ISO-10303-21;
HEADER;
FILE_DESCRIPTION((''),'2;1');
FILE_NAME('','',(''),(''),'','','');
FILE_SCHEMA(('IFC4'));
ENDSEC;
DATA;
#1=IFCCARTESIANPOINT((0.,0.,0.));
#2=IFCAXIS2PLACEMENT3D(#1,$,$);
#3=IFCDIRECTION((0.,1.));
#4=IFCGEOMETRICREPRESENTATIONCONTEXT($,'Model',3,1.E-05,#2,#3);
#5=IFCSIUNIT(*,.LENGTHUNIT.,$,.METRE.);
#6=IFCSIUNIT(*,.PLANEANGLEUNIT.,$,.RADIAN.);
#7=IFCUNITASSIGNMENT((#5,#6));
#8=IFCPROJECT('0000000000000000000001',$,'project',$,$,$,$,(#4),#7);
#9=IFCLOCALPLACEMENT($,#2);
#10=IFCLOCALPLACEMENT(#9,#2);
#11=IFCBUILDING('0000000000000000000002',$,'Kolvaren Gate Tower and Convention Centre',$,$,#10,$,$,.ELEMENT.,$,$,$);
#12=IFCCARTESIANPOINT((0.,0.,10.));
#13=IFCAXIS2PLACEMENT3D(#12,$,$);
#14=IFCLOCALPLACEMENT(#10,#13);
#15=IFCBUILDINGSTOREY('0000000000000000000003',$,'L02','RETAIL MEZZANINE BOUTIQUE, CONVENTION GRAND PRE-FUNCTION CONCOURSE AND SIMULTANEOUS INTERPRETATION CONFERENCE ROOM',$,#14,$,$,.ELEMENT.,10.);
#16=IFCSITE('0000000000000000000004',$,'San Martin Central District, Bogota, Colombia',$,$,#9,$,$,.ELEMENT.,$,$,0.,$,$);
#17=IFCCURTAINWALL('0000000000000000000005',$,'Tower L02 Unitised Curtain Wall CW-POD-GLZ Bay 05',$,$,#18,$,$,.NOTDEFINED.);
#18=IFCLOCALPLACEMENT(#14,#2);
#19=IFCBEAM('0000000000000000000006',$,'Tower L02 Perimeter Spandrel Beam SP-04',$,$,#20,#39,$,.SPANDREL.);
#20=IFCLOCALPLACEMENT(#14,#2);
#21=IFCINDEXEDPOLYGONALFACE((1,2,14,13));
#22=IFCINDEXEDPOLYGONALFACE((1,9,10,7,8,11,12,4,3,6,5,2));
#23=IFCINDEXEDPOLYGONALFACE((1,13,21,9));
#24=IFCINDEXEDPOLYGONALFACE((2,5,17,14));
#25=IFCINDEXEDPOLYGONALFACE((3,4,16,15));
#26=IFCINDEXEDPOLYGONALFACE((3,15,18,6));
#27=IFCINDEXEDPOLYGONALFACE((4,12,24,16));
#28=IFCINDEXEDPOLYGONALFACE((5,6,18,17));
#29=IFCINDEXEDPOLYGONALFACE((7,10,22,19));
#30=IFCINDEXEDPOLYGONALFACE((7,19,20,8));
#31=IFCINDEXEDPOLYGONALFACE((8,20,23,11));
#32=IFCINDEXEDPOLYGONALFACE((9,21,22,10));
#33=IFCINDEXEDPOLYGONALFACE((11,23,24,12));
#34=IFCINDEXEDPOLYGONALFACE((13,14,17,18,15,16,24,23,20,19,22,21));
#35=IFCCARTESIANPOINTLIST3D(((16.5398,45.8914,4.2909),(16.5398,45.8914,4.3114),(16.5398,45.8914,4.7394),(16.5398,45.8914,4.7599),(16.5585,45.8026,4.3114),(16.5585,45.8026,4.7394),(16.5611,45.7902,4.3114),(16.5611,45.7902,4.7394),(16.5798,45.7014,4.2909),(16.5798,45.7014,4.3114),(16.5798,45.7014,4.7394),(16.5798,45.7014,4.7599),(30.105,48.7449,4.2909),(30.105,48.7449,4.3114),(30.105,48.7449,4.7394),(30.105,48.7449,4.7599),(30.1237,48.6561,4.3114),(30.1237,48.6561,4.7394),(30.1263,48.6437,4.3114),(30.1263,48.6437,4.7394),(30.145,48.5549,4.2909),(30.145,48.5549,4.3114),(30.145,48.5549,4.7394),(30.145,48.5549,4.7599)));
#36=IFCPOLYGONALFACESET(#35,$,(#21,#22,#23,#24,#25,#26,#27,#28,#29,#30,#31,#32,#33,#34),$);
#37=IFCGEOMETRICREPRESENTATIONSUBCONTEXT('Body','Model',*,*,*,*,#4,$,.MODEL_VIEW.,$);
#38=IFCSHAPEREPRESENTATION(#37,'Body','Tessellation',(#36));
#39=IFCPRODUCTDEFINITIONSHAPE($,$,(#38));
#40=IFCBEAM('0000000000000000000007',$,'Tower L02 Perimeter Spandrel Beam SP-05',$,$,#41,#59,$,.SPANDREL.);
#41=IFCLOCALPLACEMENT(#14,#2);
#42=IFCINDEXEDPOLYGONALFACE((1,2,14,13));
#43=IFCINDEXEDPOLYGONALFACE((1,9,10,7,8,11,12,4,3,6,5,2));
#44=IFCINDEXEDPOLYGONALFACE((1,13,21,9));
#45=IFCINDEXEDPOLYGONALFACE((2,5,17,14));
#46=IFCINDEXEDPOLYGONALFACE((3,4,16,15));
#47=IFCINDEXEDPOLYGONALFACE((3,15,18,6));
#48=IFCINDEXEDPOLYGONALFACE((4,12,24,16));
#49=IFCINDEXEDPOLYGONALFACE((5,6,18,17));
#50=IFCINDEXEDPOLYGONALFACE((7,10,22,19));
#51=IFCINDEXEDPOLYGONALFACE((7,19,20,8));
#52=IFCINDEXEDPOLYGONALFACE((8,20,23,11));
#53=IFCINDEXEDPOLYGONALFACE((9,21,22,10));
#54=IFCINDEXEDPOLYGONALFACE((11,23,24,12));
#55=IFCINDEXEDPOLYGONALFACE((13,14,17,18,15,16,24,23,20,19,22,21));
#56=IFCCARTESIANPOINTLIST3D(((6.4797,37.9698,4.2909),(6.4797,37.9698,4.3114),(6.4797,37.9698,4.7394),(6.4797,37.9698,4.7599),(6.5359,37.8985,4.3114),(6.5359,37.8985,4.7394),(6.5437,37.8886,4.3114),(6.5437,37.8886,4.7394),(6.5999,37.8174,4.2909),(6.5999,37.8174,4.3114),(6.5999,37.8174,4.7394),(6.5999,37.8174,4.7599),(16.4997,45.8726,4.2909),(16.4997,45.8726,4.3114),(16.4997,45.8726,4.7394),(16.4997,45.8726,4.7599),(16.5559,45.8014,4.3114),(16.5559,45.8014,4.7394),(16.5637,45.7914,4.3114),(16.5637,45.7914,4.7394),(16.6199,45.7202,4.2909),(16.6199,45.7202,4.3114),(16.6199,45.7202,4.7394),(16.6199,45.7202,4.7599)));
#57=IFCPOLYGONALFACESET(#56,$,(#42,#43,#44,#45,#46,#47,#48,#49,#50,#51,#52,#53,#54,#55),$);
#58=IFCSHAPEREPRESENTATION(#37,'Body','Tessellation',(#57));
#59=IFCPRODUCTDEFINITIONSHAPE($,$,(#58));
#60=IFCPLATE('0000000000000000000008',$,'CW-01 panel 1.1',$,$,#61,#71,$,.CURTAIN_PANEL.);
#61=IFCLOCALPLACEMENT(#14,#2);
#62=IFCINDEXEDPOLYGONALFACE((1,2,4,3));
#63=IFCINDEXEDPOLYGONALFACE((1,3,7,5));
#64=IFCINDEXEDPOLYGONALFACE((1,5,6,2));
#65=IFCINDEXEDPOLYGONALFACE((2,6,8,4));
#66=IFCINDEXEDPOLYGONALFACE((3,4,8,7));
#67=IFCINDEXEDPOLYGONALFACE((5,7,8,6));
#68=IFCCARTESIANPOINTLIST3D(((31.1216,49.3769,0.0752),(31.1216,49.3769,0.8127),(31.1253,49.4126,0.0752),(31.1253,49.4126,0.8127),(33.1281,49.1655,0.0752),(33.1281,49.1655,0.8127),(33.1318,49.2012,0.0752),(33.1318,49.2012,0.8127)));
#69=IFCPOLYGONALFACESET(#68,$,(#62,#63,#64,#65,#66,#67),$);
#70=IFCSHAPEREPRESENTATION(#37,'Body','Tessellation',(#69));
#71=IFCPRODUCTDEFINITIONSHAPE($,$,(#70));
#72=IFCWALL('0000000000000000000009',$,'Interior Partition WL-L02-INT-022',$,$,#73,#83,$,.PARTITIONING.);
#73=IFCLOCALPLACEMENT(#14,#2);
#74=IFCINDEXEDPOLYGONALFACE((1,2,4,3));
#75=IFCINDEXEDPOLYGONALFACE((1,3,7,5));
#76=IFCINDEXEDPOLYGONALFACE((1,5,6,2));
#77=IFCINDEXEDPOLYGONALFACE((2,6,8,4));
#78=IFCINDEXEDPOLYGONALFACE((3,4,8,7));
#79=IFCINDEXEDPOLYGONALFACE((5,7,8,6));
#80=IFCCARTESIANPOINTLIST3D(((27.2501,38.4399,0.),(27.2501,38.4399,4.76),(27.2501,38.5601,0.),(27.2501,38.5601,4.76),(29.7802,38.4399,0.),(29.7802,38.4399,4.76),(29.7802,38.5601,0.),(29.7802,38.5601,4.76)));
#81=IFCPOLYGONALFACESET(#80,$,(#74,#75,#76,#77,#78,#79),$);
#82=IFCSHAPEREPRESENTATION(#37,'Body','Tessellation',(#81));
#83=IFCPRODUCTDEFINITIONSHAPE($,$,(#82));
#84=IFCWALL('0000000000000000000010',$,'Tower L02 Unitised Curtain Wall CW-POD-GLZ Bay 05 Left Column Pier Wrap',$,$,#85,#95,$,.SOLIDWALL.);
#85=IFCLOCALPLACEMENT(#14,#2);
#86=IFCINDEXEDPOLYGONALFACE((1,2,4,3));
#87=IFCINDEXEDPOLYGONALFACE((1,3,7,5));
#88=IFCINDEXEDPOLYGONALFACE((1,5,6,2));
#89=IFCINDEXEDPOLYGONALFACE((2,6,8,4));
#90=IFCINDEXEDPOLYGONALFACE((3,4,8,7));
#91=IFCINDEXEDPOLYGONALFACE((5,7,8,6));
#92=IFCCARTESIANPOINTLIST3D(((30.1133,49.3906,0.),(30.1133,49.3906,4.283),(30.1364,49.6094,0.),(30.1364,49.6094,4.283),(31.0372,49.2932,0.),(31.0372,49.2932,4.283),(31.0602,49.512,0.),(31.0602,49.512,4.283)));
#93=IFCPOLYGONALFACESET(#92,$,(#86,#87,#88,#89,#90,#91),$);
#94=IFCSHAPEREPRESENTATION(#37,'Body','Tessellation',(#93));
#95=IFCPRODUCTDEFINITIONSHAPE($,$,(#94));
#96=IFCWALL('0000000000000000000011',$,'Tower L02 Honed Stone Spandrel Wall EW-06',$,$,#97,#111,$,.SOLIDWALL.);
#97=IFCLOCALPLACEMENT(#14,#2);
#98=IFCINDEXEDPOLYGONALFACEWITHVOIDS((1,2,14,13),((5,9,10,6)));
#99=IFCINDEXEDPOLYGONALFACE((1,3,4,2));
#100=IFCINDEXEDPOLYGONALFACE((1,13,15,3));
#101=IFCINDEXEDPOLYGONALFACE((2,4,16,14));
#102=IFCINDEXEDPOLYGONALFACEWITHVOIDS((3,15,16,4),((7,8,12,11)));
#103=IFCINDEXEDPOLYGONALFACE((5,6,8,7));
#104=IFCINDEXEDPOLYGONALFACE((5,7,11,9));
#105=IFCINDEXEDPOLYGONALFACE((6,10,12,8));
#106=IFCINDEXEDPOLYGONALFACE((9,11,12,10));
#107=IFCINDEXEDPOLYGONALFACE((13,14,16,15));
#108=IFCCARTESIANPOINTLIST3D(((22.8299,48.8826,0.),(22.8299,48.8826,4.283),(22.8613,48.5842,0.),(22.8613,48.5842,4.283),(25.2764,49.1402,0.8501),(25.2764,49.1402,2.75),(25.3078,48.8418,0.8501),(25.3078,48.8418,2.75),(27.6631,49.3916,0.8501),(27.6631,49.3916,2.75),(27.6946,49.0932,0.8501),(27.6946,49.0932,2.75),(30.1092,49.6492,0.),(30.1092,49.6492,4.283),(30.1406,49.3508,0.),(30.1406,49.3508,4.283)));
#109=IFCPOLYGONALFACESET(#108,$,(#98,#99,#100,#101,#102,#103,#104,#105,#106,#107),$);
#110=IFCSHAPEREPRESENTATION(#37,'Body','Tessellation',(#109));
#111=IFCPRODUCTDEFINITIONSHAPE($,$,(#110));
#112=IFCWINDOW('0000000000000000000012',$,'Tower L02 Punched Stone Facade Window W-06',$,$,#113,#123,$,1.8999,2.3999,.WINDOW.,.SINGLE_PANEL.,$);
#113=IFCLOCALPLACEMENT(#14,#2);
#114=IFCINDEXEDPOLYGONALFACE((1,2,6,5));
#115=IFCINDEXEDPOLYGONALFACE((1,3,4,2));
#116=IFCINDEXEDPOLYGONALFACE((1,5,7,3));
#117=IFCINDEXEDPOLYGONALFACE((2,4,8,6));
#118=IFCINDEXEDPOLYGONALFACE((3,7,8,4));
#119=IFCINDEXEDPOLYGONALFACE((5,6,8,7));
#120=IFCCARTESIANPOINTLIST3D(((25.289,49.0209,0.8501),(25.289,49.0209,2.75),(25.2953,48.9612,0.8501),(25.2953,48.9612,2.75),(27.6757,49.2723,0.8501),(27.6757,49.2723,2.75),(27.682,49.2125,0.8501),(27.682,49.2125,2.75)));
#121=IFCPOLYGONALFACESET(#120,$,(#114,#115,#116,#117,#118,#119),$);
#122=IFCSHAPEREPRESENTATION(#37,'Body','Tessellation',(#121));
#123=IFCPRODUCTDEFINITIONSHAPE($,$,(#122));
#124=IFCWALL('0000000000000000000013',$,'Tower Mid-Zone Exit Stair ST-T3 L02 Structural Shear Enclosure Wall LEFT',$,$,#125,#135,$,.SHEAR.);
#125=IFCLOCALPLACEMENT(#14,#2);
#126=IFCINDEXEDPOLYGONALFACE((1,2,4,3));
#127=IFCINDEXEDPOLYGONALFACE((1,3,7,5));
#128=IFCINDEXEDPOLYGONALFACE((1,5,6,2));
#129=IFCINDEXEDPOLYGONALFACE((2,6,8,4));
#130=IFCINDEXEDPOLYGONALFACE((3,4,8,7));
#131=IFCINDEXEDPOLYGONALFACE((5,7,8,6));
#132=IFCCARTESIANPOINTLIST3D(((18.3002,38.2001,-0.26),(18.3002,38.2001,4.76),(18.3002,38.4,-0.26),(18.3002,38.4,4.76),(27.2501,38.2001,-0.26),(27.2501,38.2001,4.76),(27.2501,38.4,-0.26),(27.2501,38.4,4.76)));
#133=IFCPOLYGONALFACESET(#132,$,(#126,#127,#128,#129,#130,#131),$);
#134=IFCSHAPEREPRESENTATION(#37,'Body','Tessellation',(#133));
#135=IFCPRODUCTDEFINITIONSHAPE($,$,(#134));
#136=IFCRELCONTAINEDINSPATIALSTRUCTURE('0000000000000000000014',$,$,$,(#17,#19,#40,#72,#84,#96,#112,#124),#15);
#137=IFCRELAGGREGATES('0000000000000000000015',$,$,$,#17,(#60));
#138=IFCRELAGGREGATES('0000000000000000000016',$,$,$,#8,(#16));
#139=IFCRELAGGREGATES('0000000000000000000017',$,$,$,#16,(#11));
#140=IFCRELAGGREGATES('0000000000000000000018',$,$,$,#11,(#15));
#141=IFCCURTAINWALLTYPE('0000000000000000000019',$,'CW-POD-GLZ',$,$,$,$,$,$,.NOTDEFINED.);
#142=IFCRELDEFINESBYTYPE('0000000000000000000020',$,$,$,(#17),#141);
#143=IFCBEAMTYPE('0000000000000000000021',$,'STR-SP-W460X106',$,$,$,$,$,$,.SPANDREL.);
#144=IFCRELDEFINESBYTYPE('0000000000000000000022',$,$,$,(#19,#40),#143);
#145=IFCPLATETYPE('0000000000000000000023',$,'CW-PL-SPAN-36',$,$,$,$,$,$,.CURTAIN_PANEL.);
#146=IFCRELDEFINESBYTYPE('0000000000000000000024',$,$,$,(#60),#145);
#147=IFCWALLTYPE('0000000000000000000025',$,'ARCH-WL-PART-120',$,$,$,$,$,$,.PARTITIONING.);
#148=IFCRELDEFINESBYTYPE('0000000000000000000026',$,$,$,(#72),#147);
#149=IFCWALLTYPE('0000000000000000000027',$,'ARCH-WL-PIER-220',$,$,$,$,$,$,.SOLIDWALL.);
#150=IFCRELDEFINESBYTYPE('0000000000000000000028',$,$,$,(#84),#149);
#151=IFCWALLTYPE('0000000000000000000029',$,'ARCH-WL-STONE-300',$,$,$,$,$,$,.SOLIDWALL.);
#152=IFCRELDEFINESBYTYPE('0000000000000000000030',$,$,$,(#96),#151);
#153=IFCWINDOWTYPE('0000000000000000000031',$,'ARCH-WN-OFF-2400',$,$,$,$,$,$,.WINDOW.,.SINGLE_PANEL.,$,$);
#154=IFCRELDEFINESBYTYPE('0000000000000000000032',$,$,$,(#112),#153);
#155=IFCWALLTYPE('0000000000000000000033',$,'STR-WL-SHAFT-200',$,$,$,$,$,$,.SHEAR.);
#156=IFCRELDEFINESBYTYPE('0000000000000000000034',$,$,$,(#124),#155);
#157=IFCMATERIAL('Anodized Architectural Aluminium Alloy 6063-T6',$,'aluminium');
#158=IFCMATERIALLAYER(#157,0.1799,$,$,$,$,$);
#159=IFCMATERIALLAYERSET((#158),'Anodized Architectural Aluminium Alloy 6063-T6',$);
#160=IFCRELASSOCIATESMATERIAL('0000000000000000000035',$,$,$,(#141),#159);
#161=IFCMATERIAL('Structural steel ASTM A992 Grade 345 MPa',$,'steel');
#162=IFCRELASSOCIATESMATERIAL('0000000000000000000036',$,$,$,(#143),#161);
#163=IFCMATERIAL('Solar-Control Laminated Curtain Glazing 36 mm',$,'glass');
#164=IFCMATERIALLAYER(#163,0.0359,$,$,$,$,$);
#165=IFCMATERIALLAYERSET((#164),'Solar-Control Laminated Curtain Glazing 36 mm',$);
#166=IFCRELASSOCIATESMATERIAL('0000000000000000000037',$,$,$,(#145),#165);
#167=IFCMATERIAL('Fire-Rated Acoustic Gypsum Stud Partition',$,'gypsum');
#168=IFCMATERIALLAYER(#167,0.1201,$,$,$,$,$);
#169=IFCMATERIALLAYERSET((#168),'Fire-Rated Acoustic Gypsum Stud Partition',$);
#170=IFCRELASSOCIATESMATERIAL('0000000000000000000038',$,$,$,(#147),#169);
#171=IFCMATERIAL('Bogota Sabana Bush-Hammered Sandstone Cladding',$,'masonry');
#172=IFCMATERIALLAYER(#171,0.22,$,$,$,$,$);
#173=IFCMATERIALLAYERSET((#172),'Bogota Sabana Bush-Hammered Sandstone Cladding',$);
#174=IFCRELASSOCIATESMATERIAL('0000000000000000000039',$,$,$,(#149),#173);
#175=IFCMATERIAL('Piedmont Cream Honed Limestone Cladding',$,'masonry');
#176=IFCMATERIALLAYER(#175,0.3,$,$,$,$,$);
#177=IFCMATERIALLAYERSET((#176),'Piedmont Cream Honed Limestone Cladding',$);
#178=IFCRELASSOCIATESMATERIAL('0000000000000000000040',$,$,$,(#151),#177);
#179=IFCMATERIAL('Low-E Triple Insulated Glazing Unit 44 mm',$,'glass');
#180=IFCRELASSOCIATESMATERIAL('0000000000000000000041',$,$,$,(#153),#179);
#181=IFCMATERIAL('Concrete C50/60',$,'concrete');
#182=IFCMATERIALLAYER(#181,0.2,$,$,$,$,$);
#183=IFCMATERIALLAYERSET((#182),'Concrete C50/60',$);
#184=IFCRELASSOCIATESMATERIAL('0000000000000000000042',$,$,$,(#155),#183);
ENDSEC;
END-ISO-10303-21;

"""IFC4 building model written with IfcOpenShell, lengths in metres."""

from ifc_helpers import new_model, si_unit, direction, frame, frame_2d, origin, origin_2d, place, context, subcontext, project, spatial, rectangle, i_section, extrude, material, layer, layer_set, material_profile, profile_set, type_object, element, fill, aggregate, save


model = new_model("IFC4")

# Units and contexts
model_context = context("Model", 3, precision=1e-05, world=origin(), true_north=direction((0.0, 1.0)))
body_context = subcontext(model_context, "Body", "Model", "MODEL_VIEW")
ifc_project = project(units=[si_unit("LENGTHUNIT", "METRE"), si_unit("PLANEANGLEUNIT", "RADIAN")], contexts=[model_context])

# Site, building, storey
site_placement = place(None, origin())
site = spatial("IfcSite", under=ifc_project, at=site_placement, Name="San Martin Central District, Bogota, Colombia", CompositionType="ELEMENT", RefElevation=0.0)
building_placement = place(site_placement, origin())
building = spatial("IfcBuilding", under=site, at=building_placement, Name="Kolvaren Gate Tower and Convention Centre", CompositionType="ELEMENT")
storey_placement = place(building_placement, frame((0.0, 0.0, 10.0)))
storey = spatial("IfcBuildingStorey", under=building, at=storey_placement, Name="L02", Description="RETAIL MEZZANINE BOUTIQUE, CONVENTION GRAND PRE-FUNCTION CONCOURSE AND SIMULTANEOUS INTERPRETATION CONFERENCE ROOM", CompositionType="ELEMENT", Elevation=10.0)

# Curtain wall
ifc_material_1 = material(Name="Anodized Architectural Aluminium Alloy 6063-T6", Category="aluminium")
ifc_layer_1 = layer(ifc_material_1, 0.1799)
ifc_layer_set_1 = layer_set([ifc_layer_1], Name="Anodized Architectural Aluminium Alloy 6063-T6")
curtain_wall_type = type_object("IfcCurtainWallType", Name="CW-POD-GLZ", PredefinedType="NOTDEFINED", material=ifc_layer_set_1)
curtain_wall_placement = place(storey_placement, origin())
curtain_wall = element("IfcCurtainWall", 1, at=curtain_wall_placement, inside=storey, type_object=curtain_wall_type, Name="Tower L02 Unitised Curtain Wall CW-POD-GLZ Bay 05", PredefinedType="NOTDEFINED")

# Beams
ifc_material_2 = material(Name="Structural steel ASTM A992 Grade 345 MPa", Category="steel")
ifc_material_profile_1 = material_profile(ifc_material_2, i_section(OverallWidth=0.1941, OverallDepth=0.469, WebThickness=0.0127, FlangeThickness=0.0205, at=origin_2d()), Name="W460X106")
ifc_profile_set_1 = profile_set([ifc_material_profile_1], Name="Structural steel ASTM A992 Grade 345 MPa")
beam_type_1 = type_object("IfcBeamType", Name="STR-SP-W460X106", PredefinedType="SPANDREL", material=ifc_profile_set_1)
beam_1_placement = place(storey_placement, frame((30.125, 48.6499, 4.5254), z_axis=(-0.978583, -0.205851, 0.0), x_axis=(0.205851, -0.978583, 0.0)))
element("IfcBeam", 2, at=beam_1_placement, inside=storey, type_object=beam_type_1, Name="Tower L02 Perimeter Spandrel Beam SP-04", PredefinedType="SPANDREL", context=body_context, shape_type="SweptSolid", body=[
    extrude(i_section(OverallWidth=0.1941, OverallDepth=0.469, WebThickness=0.0127, FlangeThickness=0.0205, at=origin_2d()), origin(), (0.0, 0.0, 1.0), 13.8621),
])
beam_2_placement = place(storey_placement, frame((16.5598, 45.7964, 4.5254), z_axis=(-0.785176, -0.619272, 0.0), x_axis=(0.619272, -0.785176, 0.0)))
element("IfcBeam", 3, at=beam_2_placement, inside=storey, type_object=beam_type_1, Name="Tower L02 Perimeter Spandrel Beam SP-05", PredefinedType="SPANDREL", context=body_context, shape_type="SweptSolid", body=[
    extrude(i_section(OverallWidth=0.1941, OverallDepth=0.469, WebThickness=0.0127, FlangeThickness=0.0205, at=origin_2d()), origin(), (0.0, 0.0, 1.0), 12.7615),
])

# Plate
ifc_material_3 = material(Name="Solar-Control Laminated Curtain Glazing 36 mm", Category="glass")
ifc_layer_2 = layer(ifc_material_3, 0.0359)
ifc_layer_set_2 = layer_set([ifc_layer_2], Name="Solar-Control Laminated Curtain Glazing 36 mm")
plate_type = type_object("IfcPlateType", Name="CW-PL-SPAN-36", PredefinedType="CURTAIN_PANEL", material=ifc_layer_set_2)
plate_placement = place(storey_placement, frame((32.1267, 49.2891, 0.0752), z_axis=(0.0, 0.0, 1.0), x_axis=(0.994499, -0.104748, 0.0)))
plate = element("IfcPlate", 4, at=plate_placement, type_object=plate_type, Name="CW-01 panel 1.1", PredefinedType="CURTAIN_PANEL", context=body_context, shape_type="SweptSolid", body=[
    extrude(rectangle(XDim=2.0176, YDim=0.0359, at=origin_2d()), origin(), (0.0, 0.0, 1.0), 0.7375),
])
aggregate(curtain_wall, [plate])

# Walls
ifc_material_4 = material(Name="Fire-Rated Acoustic Gypsum Stud Partition", Category="gypsum")
ifc_layer_3 = layer(ifc_material_4, 0.1201)
ifc_layer_set_3 = layer_set([ifc_layer_3], Name="Fire-Rated Acoustic Gypsum Stud Partition")
wall_type_1 = type_object("IfcWallType", Name="ARCH-WL-PART-120", PredefinedType="PARTITIONING", material=ifc_layer_set_3)
wall_1_placement = place(storey_placement, frame((27.25, 38.5, 0.0), z_axis=(0.0, 0.0, 1.0), x_axis=(1.0, 0.0, 0.0)))
element("IfcWall", 5, at=wall_1_placement, inside=storey, type_object=wall_type_1, Name="Interior Partition WL-L02-INT-022", PredefinedType="PARTITIONING", context=body_context, shape_type="SweptSolid", body=[
    extrude(rectangle(XDim=2.53, YDim=0.1201, at=frame_2d((1.2651, 0.0))), origin(), (0.0, 0.0, 1.0), 4.76),
])
ifc_material_5 = material(Name="Bogota Sabana Bush-Hammered Sandstone Cladding", Category="masonry")
ifc_layer_4 = layer(ifc_material_5, 0.22)
ifc_layer_set_4 = layer_set([ifc_layer_4], Name="Bogota Sabana Bush-Hammered Sandstone Cladding")
wall_type_2 = type_object("IfcWallType", Name="ARCH-WL-PIER-220", PredefinedType="SOLIDWALL", material=ifc_layer_set_4)
wall_2_placement = place(storey_placement, frame((30.125, 49.5, 0.0), z_axis=(0.0, 0.0, 1.0), x_axis=(0.994487, -0.104863, 0.0)))
element("IfcWall", 6, at=wall_2_placement, inside=storey, type_object=wall_type_2, Name="Tower L02 Unitised Curtain Wall CW-POD-GLZ Bay 05 Left Column Pier Wrap", PredefinedType="SOLIDWALL", context=body_context, shape_type="SweptSolid", body=[
    extrude(rectangle(XDim=0.929, YDim=0.22, at=frame_2d((0.4644, 0.0))), origin(), (0.0, 0.0, 1.0), 4.283),
])

# Wall, opening, window
ifc_material_6 = material(Name="Piedmont Cream Honed Limestone Cladding", Category="masonry")
ifc_layer_5 = layer(ifc_material_6, 0.3)
ifc_layer_set_5 = layer_set([ifc_layer_5], Name="Piedmont Cream Honed Limestone Cladding")
wall_type_3 = type_object("IfcWallType", Name="ARCH-WL-STONE-300", PredefinedType="SOLIDWALL", material=ifc_layer_set_5)
wall_3_placement = place(storey_placement, frame((22.8457, 48.7334, 0.0), z_axis=(0.0, 0.0, 1.0), x_axis=(0.9945, 0.104733, 0.0)))
wall_3 = element("IfcWall", 7, at=wall_3_placement, inside=storey, type_object=wall_type_3, Name="Tower L02 Honed Stone Spandrel Wall EW-06", PredefinedType="SOLIDWALL", context=body_context, shape_type="SweptSolid", body=[
    extrude(rectangle(XDim=7.3196, YDim=0.3, at=frame_2d((3.6597, 0.0))), origin(), (0.0, 0.0, 1.0), 4.283),
])
opening_placement = place(wall_3_placement, frame((2.46, 0.0, 0.8501)))
opening = element("IfcOpeningElement", 8, at=opening_placement, cuts=wall_3, PredefinedType="OPENING", context=body_context, shape_type="SweptSolid", body=[
    extrude(rectangle(XDim=2.3999, YDim=1.8999, at=frame_2d((1.2, 0.95))), frame((0.0, 0.1599, 0.0), z_axis=(0.0, -1.0, 0.0), x_axis=(1.0, 0.0, 0.0)), (0.0, 0.0, 1.0), 0.3201),
])
ifc_material_7 = material(Name="Low-E Triple Insulated Glazing Unit 44 mm", Category="glass")
window_type = type_object("IfcWindowType", Name="ARCH-WN-OFF-2400", PartitioningType="SINGLE_PANEL", PredefinedType="WINDOW", material=ifc_material_7)
window_placement = place(opening_placement, origin())
window = element("IfcWindow", 9, at=window_placement, inside=storey, type_object=window_type, Name="Tower L02 Punched Stone Facade Window W-06", OverallHeight=1.8999, OverallWidth=2.3999, PartitioningType="SINGLE_PANEL", PredefinedType="WINDOW", context=body_context, shape_type="SweptSolid", body=[
    extrude(rectangle(XDim=2.3999, YDim=1.8999, at=frame_2d((1.2, 0.95))), frame((0.0, 0.03, 0.0), z_axis=(0.0, -1.0, 0.0), x_axis=(1.0, 0.0, 0.0)), (0.0, 0.0, 1.0), 0.0601),
])
fill(opening, window)

# Wall
ifc_material_8 = material(Name="Concrete C50/60", Category="concrete")
ifc_layer_6 = layer(ifc_material_8, 0.2)
ifc_layer_set_6 = layer_set([ifc_layer_6], Name="Concrete C50/60")
wall_type_4 = type_object("IfcWallType", Name="STR-WL-SHAFT-200", PredefinedType="SHEAR", material=ifc_layer_set_6)
wall_4_placement = place(storey_placement, frame((18.3, 38.3, -0.26), z_axis=(0.0, 0.0, 1.0), x_axis=(1.0, 0.0, 0.0)))
element("IfcWall", 10, at=wall_4_placement, inside=storey, type_object=wall_type_4, Name="Tower Mid-Zone Exit Stair ST-T3 L02 Structural Shear Enclosure Wall LEFT", PredefinedType="SHEAR", context=body_context, shape_type="SweptSolid", body=[
    extrude(rectangle(XDim=8.95, YDim=0.2, at=frame_2d((4.4751, 0.0))), origin(), (0.0, 0.0, 1.0), 5.02),
])

save(model, "model.ifc")
